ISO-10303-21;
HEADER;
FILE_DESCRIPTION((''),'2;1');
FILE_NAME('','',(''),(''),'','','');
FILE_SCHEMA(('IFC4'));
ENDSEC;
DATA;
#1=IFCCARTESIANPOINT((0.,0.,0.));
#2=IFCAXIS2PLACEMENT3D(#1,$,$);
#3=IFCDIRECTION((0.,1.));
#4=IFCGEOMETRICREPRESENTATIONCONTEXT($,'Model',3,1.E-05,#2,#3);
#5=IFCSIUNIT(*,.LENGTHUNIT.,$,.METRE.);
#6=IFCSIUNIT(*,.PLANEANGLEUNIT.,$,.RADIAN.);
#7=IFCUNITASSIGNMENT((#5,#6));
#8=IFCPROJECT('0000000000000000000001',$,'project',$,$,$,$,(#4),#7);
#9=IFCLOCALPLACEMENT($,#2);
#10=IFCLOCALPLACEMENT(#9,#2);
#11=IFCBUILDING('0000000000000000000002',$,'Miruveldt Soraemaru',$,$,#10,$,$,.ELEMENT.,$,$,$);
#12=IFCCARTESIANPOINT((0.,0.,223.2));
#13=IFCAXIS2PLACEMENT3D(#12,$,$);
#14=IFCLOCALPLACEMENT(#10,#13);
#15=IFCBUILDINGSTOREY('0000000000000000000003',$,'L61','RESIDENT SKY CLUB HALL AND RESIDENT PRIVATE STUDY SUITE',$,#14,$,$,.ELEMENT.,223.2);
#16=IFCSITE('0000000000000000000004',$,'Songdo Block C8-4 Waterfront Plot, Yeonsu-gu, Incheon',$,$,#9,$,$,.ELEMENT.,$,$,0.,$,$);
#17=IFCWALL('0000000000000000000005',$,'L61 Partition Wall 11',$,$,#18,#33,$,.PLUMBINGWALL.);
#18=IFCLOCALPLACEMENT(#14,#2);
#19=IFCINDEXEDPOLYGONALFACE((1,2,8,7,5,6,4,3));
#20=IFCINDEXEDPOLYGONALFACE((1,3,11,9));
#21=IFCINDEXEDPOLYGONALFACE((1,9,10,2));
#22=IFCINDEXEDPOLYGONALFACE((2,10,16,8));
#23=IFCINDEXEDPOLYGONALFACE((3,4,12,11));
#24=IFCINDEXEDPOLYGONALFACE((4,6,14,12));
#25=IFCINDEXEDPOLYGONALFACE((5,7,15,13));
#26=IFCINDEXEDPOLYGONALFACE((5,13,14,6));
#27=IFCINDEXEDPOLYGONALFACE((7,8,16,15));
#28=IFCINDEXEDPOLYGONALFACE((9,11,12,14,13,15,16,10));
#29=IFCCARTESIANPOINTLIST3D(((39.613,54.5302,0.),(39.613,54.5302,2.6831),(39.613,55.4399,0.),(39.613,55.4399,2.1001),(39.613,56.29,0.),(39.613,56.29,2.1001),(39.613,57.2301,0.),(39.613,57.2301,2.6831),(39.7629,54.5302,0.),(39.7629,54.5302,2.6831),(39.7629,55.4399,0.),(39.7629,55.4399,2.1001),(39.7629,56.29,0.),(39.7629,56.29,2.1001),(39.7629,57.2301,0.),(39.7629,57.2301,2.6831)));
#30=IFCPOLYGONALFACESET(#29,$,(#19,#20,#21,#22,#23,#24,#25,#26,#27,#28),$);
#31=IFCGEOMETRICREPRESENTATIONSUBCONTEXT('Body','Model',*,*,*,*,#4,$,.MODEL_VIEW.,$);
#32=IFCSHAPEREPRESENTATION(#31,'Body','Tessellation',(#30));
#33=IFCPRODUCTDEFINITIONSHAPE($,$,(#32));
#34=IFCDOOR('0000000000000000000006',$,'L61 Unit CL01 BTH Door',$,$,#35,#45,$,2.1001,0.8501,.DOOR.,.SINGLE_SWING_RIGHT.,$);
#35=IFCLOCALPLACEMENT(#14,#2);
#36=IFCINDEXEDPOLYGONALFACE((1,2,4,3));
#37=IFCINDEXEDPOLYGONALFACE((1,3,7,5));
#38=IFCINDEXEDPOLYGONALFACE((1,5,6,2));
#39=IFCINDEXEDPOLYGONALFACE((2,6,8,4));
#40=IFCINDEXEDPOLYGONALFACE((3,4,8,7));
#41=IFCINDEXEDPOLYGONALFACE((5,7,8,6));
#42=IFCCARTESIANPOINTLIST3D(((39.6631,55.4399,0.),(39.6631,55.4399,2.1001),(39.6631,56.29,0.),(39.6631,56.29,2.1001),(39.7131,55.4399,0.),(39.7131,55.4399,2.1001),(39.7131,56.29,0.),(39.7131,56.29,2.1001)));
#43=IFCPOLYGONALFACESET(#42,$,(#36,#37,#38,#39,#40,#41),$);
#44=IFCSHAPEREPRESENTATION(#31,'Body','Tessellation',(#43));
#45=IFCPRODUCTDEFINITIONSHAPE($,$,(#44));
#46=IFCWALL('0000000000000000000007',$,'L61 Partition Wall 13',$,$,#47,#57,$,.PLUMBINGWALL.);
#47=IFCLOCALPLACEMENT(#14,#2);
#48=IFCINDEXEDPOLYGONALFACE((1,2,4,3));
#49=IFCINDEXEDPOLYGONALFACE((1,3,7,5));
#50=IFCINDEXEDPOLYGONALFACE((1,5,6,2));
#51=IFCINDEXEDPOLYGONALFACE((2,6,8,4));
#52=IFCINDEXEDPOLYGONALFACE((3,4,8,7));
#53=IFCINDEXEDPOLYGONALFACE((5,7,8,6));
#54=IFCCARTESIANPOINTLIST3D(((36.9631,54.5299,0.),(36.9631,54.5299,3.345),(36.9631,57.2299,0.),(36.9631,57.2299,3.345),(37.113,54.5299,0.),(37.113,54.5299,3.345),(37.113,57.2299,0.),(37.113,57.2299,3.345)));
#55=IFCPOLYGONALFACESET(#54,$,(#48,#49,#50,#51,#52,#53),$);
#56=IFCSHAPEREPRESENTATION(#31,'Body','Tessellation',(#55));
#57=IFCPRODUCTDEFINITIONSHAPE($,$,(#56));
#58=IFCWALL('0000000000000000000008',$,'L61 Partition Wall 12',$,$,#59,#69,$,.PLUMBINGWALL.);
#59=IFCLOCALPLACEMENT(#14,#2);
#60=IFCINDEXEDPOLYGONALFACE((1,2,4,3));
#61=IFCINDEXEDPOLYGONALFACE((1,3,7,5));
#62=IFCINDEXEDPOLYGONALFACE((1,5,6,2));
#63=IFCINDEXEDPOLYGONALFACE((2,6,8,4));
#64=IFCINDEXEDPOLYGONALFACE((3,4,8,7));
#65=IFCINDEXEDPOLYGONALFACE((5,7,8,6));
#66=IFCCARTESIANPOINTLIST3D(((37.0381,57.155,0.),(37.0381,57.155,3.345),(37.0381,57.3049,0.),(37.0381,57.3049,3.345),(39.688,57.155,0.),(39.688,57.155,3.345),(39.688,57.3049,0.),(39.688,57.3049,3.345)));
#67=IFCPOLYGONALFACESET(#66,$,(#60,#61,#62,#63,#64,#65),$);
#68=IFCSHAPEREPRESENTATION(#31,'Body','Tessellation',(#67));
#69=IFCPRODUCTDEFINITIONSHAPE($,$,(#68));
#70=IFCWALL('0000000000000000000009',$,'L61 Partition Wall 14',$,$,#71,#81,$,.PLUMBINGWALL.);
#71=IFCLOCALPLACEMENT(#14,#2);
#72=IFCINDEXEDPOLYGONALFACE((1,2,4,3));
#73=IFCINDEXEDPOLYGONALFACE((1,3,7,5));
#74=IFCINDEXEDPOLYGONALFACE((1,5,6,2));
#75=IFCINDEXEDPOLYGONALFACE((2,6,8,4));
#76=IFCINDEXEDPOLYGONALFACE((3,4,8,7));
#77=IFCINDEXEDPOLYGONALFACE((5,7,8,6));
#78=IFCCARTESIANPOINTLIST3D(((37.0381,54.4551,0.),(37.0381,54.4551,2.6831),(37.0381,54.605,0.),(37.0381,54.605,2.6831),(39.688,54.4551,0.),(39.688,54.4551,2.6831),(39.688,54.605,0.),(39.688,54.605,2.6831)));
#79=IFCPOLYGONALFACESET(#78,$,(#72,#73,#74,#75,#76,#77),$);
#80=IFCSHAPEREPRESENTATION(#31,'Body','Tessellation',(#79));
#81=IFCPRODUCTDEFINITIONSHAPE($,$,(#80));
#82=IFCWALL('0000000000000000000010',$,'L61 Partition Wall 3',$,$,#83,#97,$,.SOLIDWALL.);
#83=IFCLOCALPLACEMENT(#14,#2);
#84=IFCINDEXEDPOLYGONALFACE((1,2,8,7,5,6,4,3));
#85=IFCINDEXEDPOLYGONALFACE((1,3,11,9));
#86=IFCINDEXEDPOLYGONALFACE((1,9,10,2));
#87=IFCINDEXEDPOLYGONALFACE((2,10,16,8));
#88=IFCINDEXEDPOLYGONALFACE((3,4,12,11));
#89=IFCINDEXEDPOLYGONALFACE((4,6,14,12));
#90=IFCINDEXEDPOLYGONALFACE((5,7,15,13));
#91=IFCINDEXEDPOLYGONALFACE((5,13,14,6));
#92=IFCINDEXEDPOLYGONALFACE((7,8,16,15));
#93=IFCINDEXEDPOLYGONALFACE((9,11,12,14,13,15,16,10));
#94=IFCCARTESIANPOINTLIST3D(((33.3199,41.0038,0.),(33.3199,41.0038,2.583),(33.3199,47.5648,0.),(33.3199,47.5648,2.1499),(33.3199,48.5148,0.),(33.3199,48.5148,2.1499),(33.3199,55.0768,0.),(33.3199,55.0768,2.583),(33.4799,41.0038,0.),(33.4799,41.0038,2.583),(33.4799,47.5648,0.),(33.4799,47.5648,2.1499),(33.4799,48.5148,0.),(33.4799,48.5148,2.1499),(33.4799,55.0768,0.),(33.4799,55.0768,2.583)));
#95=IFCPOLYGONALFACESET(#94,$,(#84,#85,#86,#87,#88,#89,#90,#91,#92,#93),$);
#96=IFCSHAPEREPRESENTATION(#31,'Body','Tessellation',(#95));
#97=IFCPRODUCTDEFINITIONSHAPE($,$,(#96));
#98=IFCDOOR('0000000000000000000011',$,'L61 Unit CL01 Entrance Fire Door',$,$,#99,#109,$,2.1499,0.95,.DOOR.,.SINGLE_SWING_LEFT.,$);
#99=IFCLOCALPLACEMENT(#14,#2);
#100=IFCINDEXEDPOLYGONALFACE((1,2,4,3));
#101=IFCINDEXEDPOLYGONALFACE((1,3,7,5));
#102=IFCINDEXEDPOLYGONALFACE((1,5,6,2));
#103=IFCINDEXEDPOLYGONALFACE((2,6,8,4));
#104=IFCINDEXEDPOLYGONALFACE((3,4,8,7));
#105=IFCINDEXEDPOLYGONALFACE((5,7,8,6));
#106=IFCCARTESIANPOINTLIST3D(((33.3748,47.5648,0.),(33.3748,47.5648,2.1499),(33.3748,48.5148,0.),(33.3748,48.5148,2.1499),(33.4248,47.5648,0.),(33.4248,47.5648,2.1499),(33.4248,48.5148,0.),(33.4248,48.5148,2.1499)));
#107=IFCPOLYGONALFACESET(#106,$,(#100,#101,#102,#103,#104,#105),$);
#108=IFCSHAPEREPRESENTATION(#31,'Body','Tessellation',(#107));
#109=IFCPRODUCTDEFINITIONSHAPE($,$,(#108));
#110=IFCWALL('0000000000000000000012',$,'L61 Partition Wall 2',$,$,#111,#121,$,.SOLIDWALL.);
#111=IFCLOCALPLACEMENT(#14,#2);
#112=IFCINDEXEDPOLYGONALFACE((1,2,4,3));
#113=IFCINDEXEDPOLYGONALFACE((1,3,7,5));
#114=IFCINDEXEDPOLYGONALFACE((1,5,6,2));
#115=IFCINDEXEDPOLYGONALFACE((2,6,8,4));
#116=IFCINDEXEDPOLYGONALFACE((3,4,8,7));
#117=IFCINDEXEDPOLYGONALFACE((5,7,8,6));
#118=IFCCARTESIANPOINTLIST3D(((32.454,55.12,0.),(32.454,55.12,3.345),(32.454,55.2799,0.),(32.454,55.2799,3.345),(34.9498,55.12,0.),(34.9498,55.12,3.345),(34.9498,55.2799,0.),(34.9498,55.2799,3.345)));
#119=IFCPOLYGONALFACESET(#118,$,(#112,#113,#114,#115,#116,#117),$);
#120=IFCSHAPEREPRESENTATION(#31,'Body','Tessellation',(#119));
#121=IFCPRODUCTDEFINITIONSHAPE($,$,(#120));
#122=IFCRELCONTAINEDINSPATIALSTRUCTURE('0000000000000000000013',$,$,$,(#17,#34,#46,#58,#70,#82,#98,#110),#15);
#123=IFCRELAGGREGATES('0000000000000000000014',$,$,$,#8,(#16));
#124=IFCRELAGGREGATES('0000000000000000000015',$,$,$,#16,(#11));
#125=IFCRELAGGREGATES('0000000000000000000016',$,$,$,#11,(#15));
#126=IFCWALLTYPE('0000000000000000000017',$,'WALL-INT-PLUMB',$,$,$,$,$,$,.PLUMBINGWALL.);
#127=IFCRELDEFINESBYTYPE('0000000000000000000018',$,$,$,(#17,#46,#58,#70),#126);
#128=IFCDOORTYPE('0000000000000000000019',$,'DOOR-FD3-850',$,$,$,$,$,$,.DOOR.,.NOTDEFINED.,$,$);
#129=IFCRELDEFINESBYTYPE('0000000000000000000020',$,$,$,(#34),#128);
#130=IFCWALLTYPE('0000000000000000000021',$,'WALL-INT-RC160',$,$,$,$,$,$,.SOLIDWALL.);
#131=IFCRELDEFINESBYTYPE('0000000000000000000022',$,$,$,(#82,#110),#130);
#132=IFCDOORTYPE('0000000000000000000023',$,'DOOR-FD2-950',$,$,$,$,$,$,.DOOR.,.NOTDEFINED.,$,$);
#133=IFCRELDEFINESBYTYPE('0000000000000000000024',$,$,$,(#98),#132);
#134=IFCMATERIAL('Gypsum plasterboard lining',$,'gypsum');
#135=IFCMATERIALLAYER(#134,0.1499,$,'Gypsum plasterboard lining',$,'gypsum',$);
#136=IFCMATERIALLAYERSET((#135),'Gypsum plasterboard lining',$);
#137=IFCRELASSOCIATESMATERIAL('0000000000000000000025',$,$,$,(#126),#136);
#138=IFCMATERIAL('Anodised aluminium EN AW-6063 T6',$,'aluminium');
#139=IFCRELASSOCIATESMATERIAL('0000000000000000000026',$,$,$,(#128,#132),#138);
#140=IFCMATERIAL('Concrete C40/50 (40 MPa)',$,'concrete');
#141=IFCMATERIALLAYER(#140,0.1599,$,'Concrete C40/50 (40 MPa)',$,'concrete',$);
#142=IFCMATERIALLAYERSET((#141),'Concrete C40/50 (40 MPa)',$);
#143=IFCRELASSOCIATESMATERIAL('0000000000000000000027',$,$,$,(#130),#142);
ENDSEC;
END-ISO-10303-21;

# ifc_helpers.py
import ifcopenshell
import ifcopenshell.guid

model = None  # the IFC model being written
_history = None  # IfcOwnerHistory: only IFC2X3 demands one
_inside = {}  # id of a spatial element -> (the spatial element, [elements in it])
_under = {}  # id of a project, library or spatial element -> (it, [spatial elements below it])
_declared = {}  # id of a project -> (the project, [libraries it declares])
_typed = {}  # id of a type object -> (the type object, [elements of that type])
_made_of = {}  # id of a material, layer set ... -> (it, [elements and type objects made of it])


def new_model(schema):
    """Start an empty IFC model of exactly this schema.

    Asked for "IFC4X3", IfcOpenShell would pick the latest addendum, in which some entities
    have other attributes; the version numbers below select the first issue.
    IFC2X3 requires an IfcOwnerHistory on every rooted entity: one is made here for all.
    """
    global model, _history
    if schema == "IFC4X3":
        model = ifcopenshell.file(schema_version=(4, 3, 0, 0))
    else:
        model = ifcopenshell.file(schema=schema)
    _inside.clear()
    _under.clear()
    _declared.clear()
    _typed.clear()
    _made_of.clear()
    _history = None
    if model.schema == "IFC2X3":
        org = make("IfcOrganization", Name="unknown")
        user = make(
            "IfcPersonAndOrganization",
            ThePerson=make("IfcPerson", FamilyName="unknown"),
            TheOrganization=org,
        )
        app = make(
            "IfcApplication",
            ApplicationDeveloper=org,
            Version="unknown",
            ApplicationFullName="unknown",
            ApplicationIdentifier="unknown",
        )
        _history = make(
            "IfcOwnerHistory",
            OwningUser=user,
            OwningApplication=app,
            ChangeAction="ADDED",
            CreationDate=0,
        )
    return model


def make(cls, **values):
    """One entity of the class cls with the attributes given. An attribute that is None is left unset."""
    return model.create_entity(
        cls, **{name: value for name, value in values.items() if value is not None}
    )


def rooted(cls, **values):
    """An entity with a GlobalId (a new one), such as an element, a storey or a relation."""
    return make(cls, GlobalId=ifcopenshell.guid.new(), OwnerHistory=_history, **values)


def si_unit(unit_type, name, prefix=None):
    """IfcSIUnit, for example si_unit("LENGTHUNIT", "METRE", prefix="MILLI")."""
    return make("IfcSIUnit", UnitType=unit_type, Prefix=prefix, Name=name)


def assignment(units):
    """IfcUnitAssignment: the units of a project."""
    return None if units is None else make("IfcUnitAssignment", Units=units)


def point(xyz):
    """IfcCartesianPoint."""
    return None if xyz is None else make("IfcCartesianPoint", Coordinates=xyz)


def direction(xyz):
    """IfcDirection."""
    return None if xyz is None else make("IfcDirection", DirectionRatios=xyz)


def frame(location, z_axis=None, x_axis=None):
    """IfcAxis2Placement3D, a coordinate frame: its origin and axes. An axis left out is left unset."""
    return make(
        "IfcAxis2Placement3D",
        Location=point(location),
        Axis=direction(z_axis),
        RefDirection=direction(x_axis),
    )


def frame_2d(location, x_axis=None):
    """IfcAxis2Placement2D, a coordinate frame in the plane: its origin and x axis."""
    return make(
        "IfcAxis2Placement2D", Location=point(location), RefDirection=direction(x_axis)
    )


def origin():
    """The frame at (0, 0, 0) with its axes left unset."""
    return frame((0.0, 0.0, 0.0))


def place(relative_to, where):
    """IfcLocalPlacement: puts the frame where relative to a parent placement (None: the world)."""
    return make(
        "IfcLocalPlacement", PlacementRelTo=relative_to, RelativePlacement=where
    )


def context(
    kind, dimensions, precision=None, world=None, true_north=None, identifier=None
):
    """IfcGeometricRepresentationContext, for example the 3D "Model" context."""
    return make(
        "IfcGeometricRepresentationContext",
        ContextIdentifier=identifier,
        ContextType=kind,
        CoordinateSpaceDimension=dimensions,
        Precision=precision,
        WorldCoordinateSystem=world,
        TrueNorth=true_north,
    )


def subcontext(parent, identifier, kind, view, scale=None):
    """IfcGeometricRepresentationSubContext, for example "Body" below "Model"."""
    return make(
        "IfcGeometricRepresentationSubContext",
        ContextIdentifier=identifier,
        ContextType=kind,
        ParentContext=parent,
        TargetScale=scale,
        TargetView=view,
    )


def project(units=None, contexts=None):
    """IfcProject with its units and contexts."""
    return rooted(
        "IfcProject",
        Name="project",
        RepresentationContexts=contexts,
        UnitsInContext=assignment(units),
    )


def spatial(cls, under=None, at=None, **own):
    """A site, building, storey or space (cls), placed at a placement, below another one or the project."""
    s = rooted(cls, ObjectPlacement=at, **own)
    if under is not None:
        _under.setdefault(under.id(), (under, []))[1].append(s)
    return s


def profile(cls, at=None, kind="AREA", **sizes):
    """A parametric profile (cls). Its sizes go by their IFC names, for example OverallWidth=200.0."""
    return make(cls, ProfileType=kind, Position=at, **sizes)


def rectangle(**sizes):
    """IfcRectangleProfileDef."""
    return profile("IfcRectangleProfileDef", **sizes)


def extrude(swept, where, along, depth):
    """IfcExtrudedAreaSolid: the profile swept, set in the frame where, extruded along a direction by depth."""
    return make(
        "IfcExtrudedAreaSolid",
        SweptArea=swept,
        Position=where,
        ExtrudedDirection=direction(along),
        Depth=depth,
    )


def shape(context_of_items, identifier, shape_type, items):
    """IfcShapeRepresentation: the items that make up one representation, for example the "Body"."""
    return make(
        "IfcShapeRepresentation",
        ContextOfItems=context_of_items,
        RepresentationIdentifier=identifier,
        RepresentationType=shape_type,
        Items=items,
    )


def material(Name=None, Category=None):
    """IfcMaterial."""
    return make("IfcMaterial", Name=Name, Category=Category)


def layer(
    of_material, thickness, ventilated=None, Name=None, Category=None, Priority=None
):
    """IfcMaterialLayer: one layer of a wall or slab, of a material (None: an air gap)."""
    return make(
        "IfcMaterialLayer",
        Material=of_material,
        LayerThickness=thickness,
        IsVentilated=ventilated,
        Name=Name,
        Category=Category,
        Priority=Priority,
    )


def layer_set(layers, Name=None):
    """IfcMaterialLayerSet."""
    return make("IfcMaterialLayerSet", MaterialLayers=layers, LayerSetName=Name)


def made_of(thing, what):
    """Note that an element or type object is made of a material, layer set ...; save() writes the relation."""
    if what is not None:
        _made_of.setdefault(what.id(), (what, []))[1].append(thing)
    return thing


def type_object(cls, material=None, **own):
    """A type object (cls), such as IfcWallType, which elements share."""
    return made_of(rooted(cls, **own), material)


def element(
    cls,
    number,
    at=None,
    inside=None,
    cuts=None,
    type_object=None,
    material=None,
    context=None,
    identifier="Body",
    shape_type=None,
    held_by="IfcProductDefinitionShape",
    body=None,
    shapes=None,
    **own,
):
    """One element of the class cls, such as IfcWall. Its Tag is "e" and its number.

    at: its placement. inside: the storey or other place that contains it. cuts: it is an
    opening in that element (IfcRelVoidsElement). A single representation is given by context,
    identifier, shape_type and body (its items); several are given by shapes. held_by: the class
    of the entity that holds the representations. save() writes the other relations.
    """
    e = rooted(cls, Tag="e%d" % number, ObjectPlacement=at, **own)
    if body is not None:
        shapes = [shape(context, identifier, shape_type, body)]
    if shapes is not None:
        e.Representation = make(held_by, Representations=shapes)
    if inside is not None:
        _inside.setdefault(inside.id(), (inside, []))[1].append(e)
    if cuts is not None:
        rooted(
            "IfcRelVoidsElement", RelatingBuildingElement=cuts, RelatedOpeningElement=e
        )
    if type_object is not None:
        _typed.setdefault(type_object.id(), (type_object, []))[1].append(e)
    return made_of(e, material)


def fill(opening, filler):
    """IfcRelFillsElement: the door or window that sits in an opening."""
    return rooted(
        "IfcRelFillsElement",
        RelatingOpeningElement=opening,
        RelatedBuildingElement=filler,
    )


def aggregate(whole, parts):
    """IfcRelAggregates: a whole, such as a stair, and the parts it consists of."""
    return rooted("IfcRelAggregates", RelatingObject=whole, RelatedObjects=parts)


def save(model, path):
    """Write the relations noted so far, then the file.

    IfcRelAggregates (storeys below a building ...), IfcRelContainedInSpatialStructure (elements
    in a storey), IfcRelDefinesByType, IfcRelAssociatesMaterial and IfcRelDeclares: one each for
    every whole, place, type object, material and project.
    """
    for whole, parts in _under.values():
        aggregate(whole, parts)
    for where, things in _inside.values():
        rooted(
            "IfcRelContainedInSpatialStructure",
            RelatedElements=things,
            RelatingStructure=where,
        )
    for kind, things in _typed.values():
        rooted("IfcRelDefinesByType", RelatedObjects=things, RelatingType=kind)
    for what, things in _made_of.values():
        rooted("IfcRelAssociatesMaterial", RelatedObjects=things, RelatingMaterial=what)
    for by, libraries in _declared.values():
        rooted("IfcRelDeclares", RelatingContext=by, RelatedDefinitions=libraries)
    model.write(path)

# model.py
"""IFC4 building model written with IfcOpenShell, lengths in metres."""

from ifc_helpers import new_model, si_unit, direction, frame, frame_2d, origin, place, context, subcontext, project, spatial, rectangle, extrude, material, layer, layer_set, type_object, element, fill, save


model = new_model("IFC4")

# Units and contexts
model_context = context("Model", 3, precision=1e-05, world=origin(), true_north=direction((0.0, 1.0)))
body_context = subcontext(model_context, "Body", "Model", "MODEL_VIEW")
ifc_project = project(units=[si_unit("LENGTHUNIT", "METRE"), si_unit("PLANEANGLEUNIT", "RADIAN")], contexts=[model_context])

# Site, building, storey
site_placement = place(None, origin())
site = spatial("IfcSite", under=ifc_project, at=site_placement, Name="Songdo Block C8-4 Waterfront Plot, Yeonsu-gu, Incheon", CompositionType="ELEMENT", RefElevation=0.0)
building_placement = place(site_placement, origin())
building = spatial("IfcBuilding", under=site, at=building_placement, Name="Miruveldt Soraemaru", CompositionType="ELEMENT")
storey_placement = place(building_placement, frame((0.0, 0.0, 223.2)))
storey = spatial("IfcBuildingStorey", under=building, at=storey_placement, Name="L61", Description="RESIDENT SKY CLUB HALL AND RESIDENT PRIVATE STUDY SUITE", CompositionType="ELEMENT", Elevation=223.2)

# Wall, opening, door
ifc_material_1 = material(Name="Gypsum plasterboard lining", Category="gypsum")
ifc_layer_1 = layer(ifc_material_1, 0.1499, Name="Gypsum plasterboard lining", Category="gypsum")
ifc_layer_set_1 = layer_set([ifc_layer_1], Name="Gypsum plasterboard lining")
wall_type_1 = type_object("IfcWallType", Name="WALL-INT-PLUMB", PredefinedType="PLUMBINGWALL", material=ifc_layer_set_1)
wall_1_placement = place(storey_placement, frame((39.688, 54.53, 0.0), z_axis=(0.0, 0.0, 1.0), x_axis=(0.0, 1.0, 0.0)))
wall_1 = element("IfcWall", 1, at=wall_1_placement, inside=storey, type_object=wall_type_1, Name="L61 Partition Wall 11", PredefinedType="PLUMBINGWALL", context=body_context, shape_type="SweptSolid", body=[
    extrude(rectangle(XDim=2.7, YDim=0.1499, at=frame_2d((1.3501, 0.0))), origin(), (0.0, 0.0, 1.0), 2.6831),
])
opening_1_placement = place(wall_1_placement, frame((0.9099, 0.0, 0.0)))
opening_1 = element("IfcOpeningElement", 2, at=opening_1_placement, cuts=wall_1, PredefinedType="OPENING", context=body_context, shape_type="SweptSolid", body=[
    extrude(rectangle(XDim=0.8501, YDim=2.1001, at=frame_2d((0.425, 1.05))), frame((0.0, 0.085, 0.0), z_axis=(0.0, -1.0, 0.0), x_axis=(1.0, 0.0, 0.0)), (0.0, 0.0, 1.0), 0.1699),
])
ifc_material_2 = material(Name="Anodised aluminium EN AW-6063 T6", Category="aluminium")
door_type_1 = type_object("IfcDoorType", Name="DOOR-FD3-850", OperationType="NOTDEFINED", PredefinedType="DOOR", material=ifc_material_2)
door_1_placement = place(opening_1_placement, origin())
door_1 = element("IfcDoor", 3, at=door_1_placement, inside=storey, type_object=door_type_1, Name="L61 Unit CL01 BTH Door", OperationType="SINGLE_SWING_RIGHT", OverallHeight=2.1001, OverallWidth=0.8501, PredefinedType="DOOR", context=body_context, shape_type="SweptSolid", body=[
    extrude(rectangle(XDim=0.8501, YDim=2.1001, at=frame_2d((0.425, 1.05))), frame((0.0, 0.0249, 0.0), z_axis=(0.0, -1.0, 0.0), x_axis=(1.0, 0.0, 0.0)), (0.0, 0.0, 1.0), 0.05),
])
fill(opening_1, door_1)

# Walls
wall_2_placement = place(storey_placement, frame((37.0381, 57.23, 0.0), z_axis=(0.0, 0.0, 1.0), x_axis=(0.0, -1.0, 0.0)))
element("IfcWall", 4, at=wall_2_placement, inside=storey, type_object=wall_type_1, Name="L61 Partition Wall 13", PredefinedType="PLUMBINGWALL", context=body_context, shape_type="SweptSolid", body=[
    extrude(rectangle(XDim=2.7, YDim=0.1499, at=frame_2d((1.3501, 0.0))), origin(), (0.0, 0.0, 1.0), 3.345),
])
wall_3_placement = place(storey_placement, frame((39.688, 57.23, 0.0), z_axis=(0.0, 0.0, 1.0), x_axis=(-1.0, 0.0, 0.0)))
element("IfcWall", 5, at=wall_3_placement, inside=storey, type_object=wall_type_1, Name="L61 Partition Wall 12", PredefinedType="PLUMBINGWALL", context=body_context, shape_type="SweptSolid", body=[
    extrude(rectangle(XDim=2.6499, YDim=0.1499, at=frame_2d((1.325, 0.0))), origin(), (0.0, 0.0, 1.0), 3.345),
])
wall_4_placement = place(storey_placement, frame((37.0381, 54.53, 0.0), z_axis=(0.0, 0.0, 1.0), x_axis=(1.0, 0.0, 0.0)))
element("IfcWall", 6, at=wall_4_placement, inside=storey, type_object=wall_type_1, Name="L61 Partition Wall 14", PredefinedType="PLUMBINGWALL", context=body_context, shape_type="SweptSolid", body=[
    extrude(rectangle(XDim=2.6499, YDim=0.1499, at=frame_2d((1.325, 0.0))), origin(), (0.0, 0.0, 1.0), 2.6831),
])

# Wall, opening, door
ifc_material_3 = material(Name="Concrete C40/50 (40 MPa)", Category="concrete")
ifc_layer_2 = layer(ifc_material_3, 0.1599, Name="Concrete C40/50 (40 MPa)", Category="concrete")
ifc_layer_set_2 = layer_set([ifc_layer_2], Name="Concrete C40/50 (40 MPa)")
wall_type_2 = type_object("IfcWallType", Name="WALL-INT-RC160", PredefinedType="SOLIDWALL", material=ifc_layer_set_2)
wall_5_placement = place(storey_placement, frame((33.3999, 55.0769, 0.0), z_axis=(0.0, 0.0, 1.0), x_axis=(0.0, -1.0, 0.0)))
wall_5 = element("IfcWall", 7, at=wall_5_placement, inside=storey, type_object=wall_type_2, Name="L61 Partition Wall 3", PredefinedType="SOLIDWALL", context=body_context, shape_type="SweptSolid", body=[
    extrude(rectangle(XDim=14.073, YDim=0.1599, at=frame_2d((7.0366, 0.0))), origin(), (0.0, 0.0, 1.0), 2.583),
])
opening_2_placement = place(wall_5_placement, frame((6.562, 0.0, 0.0)))
opening_2 = element("IfcOpeningElement", 8, at=opening_2_placement, cuts=wall_5, PredefinedType="OPENING", context=body_context, shape_type="SweptSolid", body=[
    extrude(rectangle(XDim=0.95, YDim=2.1499, at=frame_2d((0.4751, 1.075))), frame((0.0, 0.0898, 0.0), z_axis=(0.0, -1.0, 0.0), x_axis=(1.0, 0.0, 0.0)), (0.0, 0.0, 1.0), 0.1799),
])
door_type_2 = type_object("IfcDoorType", Name="DOOR-FD2-950", OperationType="NOTDEFINED", PredefinedType="DOOR", material=ifc_material_2)
door_2_placement = place(opening_2_placement, origin())
door_2 = element("IfcDoor", 9, at=door_2_placement, inside=storey, type_object=door_type_2, Name="L61 Unit CL01 Entrance Fire Door", OperationType="SINGLE_SWING_LEFT", OverallHeight=2.1499, OverallWidth=0.95, PredefinedType="DOOR", context=body_context, shape_type="SweptSolid", body=[
    extrude(rectangle(XDim=0.95, YDim=2.1499, at=frame_2d((0.4751, 1.075))), frame((0.0, 0.0249, 0.0), z_axis=(0.0, -1.0, 0.0), x_axis=(1.0, 0.0, 0.0)), (0.0, 0.0, 1.0), 0.05),
])
fill(opening_2, door_2)

# Wall
wall_6_placement = place(storey_placement, frame((34.95, 55.2, 0.0), z_axis=(0.0, 0.0, 1.0), x_axis=(-1.0, 0.0, 0.0)))
element("IfcWall", 10, at=wall_6_placement, inside=storey, type_object=wall_type_2, Name="L61 Partition Wall 2", PredefinedType="SOLIDWALL", context=body_context, shape_type="SweptSolid", body=[
    extrude(rectangle(XDim=2.4958, YDim=0.1599, at=frame_2d((1.248, 0.0))), origin(), (0.0, 0.0, 1.0), 3.345),
])

save(model, "model.ifc")
